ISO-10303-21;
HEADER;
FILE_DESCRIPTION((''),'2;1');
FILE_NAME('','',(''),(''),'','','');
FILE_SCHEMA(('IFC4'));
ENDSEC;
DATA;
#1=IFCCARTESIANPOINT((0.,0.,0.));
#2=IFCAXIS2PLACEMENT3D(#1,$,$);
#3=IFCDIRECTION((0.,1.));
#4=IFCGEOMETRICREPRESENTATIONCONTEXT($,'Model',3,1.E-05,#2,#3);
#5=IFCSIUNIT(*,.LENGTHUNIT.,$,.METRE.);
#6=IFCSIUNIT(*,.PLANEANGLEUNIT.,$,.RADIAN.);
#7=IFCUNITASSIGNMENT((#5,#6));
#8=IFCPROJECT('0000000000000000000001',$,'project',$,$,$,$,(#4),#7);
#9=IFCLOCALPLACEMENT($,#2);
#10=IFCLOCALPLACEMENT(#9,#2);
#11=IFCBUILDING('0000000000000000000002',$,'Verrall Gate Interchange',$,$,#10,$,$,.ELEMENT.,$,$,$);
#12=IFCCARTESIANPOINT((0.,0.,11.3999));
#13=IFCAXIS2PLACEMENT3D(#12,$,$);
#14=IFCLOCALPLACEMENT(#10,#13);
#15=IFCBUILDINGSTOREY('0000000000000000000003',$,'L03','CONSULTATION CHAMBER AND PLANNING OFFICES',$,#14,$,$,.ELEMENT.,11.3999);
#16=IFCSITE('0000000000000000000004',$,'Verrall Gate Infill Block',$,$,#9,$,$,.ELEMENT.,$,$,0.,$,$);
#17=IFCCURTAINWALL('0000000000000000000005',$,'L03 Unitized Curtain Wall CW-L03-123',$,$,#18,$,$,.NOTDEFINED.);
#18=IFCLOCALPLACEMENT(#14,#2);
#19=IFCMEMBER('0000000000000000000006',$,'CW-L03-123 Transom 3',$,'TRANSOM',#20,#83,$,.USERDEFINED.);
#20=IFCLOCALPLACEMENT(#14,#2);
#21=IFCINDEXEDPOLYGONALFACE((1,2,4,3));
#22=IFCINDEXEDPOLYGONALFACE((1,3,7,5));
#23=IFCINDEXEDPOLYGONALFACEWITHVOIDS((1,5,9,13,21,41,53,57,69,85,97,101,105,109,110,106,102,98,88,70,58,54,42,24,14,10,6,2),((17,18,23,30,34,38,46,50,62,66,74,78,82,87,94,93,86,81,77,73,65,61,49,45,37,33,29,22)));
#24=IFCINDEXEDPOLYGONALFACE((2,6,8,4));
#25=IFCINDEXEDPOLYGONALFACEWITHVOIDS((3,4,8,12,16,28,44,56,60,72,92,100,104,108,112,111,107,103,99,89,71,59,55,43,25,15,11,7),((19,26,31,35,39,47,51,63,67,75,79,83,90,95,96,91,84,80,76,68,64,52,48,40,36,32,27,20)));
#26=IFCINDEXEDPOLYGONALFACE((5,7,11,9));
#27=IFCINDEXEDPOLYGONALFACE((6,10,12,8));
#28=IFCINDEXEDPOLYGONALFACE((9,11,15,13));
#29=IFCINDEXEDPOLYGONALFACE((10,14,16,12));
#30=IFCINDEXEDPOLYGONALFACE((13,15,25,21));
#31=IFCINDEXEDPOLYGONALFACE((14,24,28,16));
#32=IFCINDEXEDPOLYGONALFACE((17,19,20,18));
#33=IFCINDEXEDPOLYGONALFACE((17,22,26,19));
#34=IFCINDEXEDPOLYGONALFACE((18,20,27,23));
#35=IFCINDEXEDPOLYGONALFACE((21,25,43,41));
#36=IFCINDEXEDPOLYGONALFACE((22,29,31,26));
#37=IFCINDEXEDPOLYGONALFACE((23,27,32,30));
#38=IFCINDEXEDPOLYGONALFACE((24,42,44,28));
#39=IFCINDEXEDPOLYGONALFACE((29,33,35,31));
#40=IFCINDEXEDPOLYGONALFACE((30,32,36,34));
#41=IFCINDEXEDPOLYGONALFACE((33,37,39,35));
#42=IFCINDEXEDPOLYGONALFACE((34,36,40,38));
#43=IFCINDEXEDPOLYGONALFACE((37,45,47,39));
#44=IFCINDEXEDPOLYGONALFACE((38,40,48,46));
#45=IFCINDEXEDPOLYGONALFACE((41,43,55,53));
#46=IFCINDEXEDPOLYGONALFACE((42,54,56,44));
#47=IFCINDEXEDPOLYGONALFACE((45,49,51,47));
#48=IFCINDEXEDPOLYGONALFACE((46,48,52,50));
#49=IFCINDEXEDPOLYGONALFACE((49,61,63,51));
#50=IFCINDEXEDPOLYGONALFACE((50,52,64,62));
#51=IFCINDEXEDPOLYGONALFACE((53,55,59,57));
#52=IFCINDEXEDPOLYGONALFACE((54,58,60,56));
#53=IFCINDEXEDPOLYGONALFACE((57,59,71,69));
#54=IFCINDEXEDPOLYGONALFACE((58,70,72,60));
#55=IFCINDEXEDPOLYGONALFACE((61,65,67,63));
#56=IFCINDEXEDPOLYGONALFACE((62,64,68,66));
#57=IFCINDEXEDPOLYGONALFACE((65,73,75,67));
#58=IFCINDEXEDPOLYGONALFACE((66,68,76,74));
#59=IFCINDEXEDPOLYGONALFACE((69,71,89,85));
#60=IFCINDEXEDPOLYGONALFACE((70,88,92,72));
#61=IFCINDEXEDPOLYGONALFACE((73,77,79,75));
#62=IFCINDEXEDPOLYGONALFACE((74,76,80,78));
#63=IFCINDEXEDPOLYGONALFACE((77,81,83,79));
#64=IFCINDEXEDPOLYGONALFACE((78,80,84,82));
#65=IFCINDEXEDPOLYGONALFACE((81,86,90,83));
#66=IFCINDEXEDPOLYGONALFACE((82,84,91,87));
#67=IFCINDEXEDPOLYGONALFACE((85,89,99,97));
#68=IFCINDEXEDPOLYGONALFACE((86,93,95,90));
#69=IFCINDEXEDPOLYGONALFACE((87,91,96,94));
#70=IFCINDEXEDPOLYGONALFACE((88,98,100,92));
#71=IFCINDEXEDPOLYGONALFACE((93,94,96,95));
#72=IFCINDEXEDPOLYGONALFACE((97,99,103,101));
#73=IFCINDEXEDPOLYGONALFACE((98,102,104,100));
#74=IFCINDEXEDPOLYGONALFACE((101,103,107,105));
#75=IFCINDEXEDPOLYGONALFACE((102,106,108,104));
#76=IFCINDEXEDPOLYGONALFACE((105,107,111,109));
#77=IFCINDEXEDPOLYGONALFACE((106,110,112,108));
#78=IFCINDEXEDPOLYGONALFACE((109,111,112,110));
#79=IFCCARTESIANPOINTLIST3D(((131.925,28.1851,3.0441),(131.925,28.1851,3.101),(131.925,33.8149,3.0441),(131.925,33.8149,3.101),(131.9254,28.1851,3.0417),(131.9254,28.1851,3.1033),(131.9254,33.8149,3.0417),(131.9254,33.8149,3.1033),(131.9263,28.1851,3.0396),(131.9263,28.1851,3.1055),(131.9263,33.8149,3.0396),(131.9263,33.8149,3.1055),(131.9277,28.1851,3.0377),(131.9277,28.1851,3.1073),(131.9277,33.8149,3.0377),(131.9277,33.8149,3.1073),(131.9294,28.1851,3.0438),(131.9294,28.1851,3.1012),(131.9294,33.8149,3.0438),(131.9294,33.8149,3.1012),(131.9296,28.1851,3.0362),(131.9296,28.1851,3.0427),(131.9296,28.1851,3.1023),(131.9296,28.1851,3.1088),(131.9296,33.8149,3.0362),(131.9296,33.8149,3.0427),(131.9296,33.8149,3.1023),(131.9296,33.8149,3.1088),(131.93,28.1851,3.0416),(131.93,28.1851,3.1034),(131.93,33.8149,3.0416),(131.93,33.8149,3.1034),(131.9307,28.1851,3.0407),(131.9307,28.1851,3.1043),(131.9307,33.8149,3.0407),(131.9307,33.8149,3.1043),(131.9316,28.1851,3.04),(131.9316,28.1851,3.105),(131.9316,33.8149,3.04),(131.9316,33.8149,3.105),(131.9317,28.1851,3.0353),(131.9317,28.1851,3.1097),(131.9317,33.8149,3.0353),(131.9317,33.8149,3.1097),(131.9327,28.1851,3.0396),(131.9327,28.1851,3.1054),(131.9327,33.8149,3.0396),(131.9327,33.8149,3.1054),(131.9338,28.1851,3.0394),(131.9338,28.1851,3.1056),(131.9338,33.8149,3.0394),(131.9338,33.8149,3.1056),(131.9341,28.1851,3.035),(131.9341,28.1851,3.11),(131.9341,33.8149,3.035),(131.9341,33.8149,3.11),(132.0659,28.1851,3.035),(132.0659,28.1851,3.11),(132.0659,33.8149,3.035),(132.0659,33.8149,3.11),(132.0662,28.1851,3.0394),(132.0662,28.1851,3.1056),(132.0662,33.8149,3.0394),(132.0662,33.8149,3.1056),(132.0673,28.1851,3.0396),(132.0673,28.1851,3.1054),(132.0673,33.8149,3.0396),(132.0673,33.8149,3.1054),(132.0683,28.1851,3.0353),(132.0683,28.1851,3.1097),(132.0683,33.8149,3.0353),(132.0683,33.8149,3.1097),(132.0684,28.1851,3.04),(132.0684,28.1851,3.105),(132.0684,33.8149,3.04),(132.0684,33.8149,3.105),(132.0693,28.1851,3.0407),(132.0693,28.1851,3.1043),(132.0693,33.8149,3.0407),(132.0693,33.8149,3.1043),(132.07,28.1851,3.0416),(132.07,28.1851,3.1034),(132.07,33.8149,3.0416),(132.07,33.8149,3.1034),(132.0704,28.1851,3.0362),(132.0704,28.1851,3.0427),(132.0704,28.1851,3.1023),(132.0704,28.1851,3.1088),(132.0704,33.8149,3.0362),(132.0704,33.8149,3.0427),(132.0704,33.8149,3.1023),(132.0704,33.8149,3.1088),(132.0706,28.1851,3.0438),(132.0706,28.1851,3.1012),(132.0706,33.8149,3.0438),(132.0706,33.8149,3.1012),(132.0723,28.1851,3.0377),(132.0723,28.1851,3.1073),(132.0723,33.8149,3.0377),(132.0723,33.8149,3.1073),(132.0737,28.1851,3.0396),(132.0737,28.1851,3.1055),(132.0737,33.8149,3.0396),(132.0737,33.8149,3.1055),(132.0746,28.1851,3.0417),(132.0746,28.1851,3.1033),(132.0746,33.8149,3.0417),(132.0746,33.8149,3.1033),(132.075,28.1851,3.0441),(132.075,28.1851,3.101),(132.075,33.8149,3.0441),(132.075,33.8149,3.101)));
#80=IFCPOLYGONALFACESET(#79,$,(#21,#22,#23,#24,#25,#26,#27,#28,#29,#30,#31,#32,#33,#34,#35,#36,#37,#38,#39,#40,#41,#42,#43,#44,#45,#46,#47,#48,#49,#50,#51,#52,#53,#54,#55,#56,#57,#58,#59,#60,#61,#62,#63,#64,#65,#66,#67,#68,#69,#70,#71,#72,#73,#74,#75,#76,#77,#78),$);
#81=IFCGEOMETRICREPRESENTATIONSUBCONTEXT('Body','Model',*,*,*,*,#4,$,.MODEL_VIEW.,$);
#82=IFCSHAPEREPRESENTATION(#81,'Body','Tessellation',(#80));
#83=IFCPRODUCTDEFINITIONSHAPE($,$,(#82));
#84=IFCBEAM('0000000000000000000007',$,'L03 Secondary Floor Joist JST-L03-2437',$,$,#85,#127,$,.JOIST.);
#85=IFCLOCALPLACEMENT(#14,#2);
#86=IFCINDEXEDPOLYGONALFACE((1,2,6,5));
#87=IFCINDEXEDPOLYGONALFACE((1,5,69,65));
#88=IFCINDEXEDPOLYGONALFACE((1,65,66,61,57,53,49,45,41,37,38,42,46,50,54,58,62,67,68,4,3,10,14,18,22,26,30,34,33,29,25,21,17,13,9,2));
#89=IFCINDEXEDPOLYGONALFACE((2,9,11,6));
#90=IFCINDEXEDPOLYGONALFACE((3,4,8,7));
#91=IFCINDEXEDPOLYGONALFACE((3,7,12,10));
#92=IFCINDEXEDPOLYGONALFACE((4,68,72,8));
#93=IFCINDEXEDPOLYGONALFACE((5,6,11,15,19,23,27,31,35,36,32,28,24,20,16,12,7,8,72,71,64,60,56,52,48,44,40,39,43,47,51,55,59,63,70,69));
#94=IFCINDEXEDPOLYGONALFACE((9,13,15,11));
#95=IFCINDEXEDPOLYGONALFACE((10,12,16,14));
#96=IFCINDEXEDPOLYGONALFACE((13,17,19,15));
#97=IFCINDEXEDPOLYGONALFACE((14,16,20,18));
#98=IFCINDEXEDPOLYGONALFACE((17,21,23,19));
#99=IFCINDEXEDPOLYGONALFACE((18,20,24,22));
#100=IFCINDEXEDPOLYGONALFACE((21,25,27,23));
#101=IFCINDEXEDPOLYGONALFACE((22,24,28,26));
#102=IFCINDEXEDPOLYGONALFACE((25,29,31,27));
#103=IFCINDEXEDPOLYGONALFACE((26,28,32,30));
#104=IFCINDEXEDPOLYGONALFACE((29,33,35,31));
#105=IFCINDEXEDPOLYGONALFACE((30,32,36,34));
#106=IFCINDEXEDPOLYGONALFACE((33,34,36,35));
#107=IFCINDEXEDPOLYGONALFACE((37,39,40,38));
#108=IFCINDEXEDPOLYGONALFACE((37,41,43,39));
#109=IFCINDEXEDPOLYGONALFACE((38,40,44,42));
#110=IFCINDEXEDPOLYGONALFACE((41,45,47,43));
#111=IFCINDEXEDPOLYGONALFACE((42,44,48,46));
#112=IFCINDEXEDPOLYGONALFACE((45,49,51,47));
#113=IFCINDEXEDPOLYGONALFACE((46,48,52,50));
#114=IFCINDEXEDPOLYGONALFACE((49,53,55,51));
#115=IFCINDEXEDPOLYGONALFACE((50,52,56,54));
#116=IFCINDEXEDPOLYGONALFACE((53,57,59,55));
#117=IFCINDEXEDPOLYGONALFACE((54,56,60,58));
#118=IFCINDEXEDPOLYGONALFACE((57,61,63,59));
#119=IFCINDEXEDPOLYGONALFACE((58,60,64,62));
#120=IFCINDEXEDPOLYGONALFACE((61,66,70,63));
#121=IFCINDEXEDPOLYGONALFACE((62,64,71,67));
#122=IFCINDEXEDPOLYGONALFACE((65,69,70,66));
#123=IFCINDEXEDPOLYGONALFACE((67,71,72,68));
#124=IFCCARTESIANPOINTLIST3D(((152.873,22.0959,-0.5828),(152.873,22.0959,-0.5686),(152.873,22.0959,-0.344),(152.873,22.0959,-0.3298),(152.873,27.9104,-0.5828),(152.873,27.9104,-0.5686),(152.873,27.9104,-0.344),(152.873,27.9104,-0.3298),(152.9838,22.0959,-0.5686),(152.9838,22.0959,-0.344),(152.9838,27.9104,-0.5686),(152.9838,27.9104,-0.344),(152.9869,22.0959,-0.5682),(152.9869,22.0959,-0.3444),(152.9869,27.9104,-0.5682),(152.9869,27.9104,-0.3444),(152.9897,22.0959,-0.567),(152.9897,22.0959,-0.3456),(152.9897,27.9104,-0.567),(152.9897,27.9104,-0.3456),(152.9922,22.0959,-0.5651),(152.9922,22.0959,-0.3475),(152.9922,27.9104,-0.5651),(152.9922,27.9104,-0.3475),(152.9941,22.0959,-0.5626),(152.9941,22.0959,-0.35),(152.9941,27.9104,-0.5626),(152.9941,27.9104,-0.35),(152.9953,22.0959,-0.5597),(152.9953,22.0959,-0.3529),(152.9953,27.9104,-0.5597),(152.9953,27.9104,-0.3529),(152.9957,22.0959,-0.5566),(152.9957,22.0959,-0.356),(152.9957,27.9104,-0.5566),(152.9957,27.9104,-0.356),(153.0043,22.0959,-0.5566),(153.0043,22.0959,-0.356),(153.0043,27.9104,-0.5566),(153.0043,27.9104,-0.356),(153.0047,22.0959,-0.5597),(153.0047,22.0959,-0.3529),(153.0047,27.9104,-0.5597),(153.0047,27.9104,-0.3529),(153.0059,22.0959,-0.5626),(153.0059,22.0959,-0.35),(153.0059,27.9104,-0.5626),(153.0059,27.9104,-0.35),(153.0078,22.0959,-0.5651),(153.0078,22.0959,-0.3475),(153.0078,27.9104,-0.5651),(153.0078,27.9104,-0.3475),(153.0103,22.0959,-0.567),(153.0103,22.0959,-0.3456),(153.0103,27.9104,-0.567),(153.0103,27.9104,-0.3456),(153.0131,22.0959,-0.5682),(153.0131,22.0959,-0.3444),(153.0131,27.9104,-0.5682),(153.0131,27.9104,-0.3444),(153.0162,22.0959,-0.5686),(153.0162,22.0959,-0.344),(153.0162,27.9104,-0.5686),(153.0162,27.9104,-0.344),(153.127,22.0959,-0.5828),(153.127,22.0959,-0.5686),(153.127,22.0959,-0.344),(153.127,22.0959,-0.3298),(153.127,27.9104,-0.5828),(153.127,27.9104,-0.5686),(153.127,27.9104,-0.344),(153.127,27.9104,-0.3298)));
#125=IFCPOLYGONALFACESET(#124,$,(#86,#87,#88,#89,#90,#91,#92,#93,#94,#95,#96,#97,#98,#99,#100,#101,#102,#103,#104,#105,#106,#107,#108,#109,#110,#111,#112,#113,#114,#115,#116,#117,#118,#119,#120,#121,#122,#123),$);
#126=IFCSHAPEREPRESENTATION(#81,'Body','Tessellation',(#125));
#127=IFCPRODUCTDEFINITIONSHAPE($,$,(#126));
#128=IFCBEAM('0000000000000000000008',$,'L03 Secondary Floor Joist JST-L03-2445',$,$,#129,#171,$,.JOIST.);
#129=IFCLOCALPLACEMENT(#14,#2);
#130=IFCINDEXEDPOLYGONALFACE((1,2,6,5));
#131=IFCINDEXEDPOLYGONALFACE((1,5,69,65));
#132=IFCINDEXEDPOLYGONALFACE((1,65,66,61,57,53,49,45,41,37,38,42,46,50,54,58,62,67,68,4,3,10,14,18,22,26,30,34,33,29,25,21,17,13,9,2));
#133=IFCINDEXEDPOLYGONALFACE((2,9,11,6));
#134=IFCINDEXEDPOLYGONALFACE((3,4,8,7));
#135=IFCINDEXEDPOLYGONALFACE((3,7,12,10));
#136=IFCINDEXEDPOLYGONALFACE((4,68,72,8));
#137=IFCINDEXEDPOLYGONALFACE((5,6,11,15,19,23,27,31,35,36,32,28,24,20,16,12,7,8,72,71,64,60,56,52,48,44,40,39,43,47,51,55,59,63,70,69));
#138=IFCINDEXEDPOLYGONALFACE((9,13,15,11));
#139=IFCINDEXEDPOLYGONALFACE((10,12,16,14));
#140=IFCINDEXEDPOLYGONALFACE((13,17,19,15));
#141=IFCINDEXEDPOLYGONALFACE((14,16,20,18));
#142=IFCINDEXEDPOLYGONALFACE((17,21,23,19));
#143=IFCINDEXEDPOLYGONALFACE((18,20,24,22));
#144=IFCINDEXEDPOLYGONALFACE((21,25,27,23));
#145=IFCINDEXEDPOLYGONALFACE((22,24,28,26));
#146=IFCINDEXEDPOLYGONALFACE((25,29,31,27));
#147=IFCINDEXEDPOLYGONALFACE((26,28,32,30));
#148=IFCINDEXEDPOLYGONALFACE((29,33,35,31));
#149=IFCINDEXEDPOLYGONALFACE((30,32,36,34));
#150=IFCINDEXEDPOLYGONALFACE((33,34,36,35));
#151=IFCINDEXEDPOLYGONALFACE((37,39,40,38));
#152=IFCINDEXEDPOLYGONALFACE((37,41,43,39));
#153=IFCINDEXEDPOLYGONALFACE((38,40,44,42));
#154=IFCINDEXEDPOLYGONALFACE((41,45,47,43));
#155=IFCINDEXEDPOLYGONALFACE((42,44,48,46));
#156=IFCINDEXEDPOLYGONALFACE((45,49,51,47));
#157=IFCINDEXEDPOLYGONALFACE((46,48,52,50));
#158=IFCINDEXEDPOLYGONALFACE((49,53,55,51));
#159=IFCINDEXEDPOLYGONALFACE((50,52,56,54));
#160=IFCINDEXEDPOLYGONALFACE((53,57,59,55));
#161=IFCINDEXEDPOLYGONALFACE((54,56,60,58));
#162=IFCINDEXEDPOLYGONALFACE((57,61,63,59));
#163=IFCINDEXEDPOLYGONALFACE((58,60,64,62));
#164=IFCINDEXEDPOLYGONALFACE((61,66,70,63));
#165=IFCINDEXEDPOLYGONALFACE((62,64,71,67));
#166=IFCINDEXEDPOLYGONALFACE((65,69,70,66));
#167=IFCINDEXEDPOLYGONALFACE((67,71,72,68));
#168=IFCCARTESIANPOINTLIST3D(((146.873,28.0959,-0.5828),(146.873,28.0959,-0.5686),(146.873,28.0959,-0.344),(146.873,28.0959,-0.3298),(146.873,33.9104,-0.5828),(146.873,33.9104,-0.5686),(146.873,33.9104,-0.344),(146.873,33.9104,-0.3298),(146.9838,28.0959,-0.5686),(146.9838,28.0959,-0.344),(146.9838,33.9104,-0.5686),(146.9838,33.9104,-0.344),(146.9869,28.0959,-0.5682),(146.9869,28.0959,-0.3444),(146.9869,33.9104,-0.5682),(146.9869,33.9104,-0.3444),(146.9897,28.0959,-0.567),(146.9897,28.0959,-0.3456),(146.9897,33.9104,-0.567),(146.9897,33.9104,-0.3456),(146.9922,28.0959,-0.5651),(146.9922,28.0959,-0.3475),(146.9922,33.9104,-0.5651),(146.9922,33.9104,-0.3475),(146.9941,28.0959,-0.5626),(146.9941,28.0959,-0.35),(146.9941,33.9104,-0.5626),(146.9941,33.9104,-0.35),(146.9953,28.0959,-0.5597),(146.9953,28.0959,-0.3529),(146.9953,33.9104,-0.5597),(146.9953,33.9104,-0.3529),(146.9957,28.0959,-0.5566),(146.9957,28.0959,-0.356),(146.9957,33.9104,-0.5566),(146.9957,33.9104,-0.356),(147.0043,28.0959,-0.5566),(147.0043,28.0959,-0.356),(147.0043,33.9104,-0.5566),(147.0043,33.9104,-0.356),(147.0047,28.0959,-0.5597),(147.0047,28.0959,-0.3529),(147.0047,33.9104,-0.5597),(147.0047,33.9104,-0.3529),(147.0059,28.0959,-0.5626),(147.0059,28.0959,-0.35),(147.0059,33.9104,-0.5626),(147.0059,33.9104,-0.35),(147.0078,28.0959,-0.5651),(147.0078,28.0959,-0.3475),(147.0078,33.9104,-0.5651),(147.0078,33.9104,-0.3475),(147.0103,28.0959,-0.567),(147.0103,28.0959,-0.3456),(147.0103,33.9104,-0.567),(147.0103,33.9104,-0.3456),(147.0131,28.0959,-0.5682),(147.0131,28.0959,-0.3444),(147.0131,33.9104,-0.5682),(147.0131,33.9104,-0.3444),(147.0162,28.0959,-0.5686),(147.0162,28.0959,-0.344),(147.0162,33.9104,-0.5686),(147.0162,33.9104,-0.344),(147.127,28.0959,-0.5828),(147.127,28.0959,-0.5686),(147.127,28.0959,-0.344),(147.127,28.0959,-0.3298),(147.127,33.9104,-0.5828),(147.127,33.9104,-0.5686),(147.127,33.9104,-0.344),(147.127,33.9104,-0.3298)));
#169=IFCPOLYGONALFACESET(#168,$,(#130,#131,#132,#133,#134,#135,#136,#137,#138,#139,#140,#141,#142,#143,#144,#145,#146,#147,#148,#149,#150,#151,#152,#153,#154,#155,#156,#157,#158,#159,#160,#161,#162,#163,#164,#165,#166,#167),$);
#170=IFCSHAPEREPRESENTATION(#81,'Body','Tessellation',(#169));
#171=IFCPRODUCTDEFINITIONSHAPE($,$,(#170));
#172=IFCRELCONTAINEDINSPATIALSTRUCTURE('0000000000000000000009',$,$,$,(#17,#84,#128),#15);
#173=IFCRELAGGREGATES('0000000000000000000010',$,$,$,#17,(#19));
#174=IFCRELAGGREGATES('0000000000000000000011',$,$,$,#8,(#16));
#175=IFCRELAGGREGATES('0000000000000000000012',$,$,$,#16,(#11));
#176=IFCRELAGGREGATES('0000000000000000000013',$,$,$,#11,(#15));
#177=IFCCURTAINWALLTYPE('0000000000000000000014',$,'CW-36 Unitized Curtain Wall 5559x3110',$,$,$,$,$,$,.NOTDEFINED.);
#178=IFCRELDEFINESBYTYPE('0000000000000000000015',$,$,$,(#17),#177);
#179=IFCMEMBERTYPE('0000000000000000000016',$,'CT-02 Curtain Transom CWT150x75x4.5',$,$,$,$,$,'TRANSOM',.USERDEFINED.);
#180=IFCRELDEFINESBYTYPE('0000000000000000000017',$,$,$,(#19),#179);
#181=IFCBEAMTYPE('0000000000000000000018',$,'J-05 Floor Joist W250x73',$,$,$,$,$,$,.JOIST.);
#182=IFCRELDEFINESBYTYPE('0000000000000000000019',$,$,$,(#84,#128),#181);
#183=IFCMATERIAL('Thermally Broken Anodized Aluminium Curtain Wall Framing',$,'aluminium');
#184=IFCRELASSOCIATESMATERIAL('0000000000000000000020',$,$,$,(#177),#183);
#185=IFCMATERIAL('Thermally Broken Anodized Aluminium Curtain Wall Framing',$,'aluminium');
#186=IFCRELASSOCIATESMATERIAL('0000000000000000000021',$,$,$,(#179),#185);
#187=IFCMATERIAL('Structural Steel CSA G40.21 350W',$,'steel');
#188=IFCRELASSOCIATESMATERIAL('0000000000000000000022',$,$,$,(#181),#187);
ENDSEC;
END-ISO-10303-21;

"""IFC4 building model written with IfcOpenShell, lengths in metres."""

from ifc_helpers import new_model, si_unit, direction, frame, origin, origin_2d, place, context, subcontext, project, spatial, hollow_rectangle, i_section, extrude, material, material_profile, profile_set, type_object, element, aggregate, save


model = new_model("IFC4")

# Units and contexts
model_context = context("Model", 3, precision=1e-05, world=origin(), true_north=direction((0.0, 1.0)))
body_context = subcontext(model_context, "Body", "Model", "MODEL_VIEW")
ifc_project = project(units=[si_unit("LENGTHUNIT", "METRE"), si_unit("PLANEANGLEUNIT", "RADIAN")], contexts=[model_context])

# Site, building, storey
site_placement = place(None, origin())
site = spatial("IfcSite", under=ifc_project, at=site_placement, Name="Verrall Gate Infill Block", CompositionType="ELEMENT", RefElevation=0.0)
building_placement = place(site_placement, origin())
building = spatial("IfcBuilding", under=site, at=building_placement, Name="Verrall Gate Interchange", CompositionType="ELEMENT")
storey_placement = place(building_placement, frame((0.0, 0.0, 11.3999)))
storey = spatial("IfcBuildingStorey", under=building, at=storey_placement, Name="L03", Description="CONSULTATION CHAMBER AND PLANNING OFFICES", CompositionType="ELEMENT", Elevation=11.3999)

# Curtain wall, member
ifc_material_1 = material(Name="Thermally Broken Anodized Aluminium Curtain Wall Framing", Category="aluminium")
curtain_wall_type = type_object("IfcCurtainWallType", Name="CW-36 Unitized Curtain Wall 5559x3110", PredefinedType="NOTDEFINED", material=ifc_material_1)
curtain_wall_placement = place(storey_placement, origin())
curtain_wall = element("IfcCurtainWall", 1, at=curtain_wall_placement, inside=storey, type_object=curtain_wall_type, Name="L03 Unitized Curtain Wall CW-L03-123", PredefinedType="NOTDEFINED")
ifc_material_2 = material(Name="Thermally Broken Anodized Aluminium Curtain Wall Framing", Category="aluminium")
ifc_material_profile_1 = material_profile(ifc_material_2, hollow_rectangle(XDim=0.1499, YDim=0.075, WallThickness=0.0044, InnerFilletRadius=0.0044, OuterFilletRadius=0.009, at=origin_2d()), Name="CWT150x75x4.5")
ifc_profile_set_1 = profile_set([ifc_material_profile_1], Name="Thermally Broken Anodized Aluminium Curtain Wall Framing")
member_type_1 = type_object("IfcMemberType", Name="CT-02 Curtain Transom CWT150x75x4.5", ElementType="TRANSOM", PredefinedType="USERDEFINED", material=ifc_profile_set_1)
member_1_placement = place(storey_placement, frame((132.0, 33.8149, 3.0725), z_axis=(0.0, -1.0, 0.0), x_axis=(1.0, 0.0, 0.0)))
member_1 = element("IfcMember", 2, at=member_1_placement, type_object=member_type_1, Name="CW-L03-123 Transom 3", ObjectType="TRANSOM", PredefinedType="USERDEFINED", context=body_context, shape_type="SweptSolid", body=[
    extrude(hollow_rectangle(XDim=0.1499, YDim=0.075, WallThickness=0.0044, InnerFilletRadius=0.0044, OuterFilletRadius=0.009, at=origin_2d()), origin(), (0.0, 0.0, 1.0), 5.6299),
])
aggregate(curtain_wall, [member_1])

# Beams
ifc_material_3 = material(Name="Structural Steel CSA G40.21 350W", Category="steel")
ifc_material_profile_2 = material_profile(ifc_material_3, i_section(OverallWidth=0.2539, OverallDepth=0.2529, WebThickness=0.0085, FlangeThickness=0.0142, FilletRadius=0.012, at=origin_2d()), Name="W250x73")
ifc_profile_set_2 = profile_set([ifc_material_profile_2], Name="Structural Steel CSA G40.21 350W")
beam_type_1 = type_object("IfcBeamType", Name="J-05 Floor Joist W250x73", PredefinedType="JOIST", material=ifc_profile_set_2)
for number, where, z_axis, x_axis, name in (
    (3, (153.0, 22.0959, -0.4563), (0.0, 1.0, 0.0), (-1.0, 0.0, 0.0), "L03 Secondary Floor Joist JST-L03-2437"),
    (4, (147.0, 28.0959, -0.4563), (0.0, 1.0, 0.0), (-1.0, 0.0, 0.0), "L03 Secondary Floor Joist JST-L03-2445"),
):
    element("IfcBeam", number, at=place(storey_placement, frame(where, z_axis=z_axis, x_axis=x_axis)), inside=storey, type_object=beam_type_1, Name=name, PredefinedType="JOIST", context=body_context, shape_type="SweptSolid", body=[
        extrude(i_section(OverallWidth=0.2539, OverallDepth=0.2529, WebThickness=0.0085, FlangeThickness=0.0142, FilletRadius=0.012, at=origin_2d()), origin(), (0.0, 0.0, 1.0), 5.8145),
    ])

save(model, "model.ifc")
